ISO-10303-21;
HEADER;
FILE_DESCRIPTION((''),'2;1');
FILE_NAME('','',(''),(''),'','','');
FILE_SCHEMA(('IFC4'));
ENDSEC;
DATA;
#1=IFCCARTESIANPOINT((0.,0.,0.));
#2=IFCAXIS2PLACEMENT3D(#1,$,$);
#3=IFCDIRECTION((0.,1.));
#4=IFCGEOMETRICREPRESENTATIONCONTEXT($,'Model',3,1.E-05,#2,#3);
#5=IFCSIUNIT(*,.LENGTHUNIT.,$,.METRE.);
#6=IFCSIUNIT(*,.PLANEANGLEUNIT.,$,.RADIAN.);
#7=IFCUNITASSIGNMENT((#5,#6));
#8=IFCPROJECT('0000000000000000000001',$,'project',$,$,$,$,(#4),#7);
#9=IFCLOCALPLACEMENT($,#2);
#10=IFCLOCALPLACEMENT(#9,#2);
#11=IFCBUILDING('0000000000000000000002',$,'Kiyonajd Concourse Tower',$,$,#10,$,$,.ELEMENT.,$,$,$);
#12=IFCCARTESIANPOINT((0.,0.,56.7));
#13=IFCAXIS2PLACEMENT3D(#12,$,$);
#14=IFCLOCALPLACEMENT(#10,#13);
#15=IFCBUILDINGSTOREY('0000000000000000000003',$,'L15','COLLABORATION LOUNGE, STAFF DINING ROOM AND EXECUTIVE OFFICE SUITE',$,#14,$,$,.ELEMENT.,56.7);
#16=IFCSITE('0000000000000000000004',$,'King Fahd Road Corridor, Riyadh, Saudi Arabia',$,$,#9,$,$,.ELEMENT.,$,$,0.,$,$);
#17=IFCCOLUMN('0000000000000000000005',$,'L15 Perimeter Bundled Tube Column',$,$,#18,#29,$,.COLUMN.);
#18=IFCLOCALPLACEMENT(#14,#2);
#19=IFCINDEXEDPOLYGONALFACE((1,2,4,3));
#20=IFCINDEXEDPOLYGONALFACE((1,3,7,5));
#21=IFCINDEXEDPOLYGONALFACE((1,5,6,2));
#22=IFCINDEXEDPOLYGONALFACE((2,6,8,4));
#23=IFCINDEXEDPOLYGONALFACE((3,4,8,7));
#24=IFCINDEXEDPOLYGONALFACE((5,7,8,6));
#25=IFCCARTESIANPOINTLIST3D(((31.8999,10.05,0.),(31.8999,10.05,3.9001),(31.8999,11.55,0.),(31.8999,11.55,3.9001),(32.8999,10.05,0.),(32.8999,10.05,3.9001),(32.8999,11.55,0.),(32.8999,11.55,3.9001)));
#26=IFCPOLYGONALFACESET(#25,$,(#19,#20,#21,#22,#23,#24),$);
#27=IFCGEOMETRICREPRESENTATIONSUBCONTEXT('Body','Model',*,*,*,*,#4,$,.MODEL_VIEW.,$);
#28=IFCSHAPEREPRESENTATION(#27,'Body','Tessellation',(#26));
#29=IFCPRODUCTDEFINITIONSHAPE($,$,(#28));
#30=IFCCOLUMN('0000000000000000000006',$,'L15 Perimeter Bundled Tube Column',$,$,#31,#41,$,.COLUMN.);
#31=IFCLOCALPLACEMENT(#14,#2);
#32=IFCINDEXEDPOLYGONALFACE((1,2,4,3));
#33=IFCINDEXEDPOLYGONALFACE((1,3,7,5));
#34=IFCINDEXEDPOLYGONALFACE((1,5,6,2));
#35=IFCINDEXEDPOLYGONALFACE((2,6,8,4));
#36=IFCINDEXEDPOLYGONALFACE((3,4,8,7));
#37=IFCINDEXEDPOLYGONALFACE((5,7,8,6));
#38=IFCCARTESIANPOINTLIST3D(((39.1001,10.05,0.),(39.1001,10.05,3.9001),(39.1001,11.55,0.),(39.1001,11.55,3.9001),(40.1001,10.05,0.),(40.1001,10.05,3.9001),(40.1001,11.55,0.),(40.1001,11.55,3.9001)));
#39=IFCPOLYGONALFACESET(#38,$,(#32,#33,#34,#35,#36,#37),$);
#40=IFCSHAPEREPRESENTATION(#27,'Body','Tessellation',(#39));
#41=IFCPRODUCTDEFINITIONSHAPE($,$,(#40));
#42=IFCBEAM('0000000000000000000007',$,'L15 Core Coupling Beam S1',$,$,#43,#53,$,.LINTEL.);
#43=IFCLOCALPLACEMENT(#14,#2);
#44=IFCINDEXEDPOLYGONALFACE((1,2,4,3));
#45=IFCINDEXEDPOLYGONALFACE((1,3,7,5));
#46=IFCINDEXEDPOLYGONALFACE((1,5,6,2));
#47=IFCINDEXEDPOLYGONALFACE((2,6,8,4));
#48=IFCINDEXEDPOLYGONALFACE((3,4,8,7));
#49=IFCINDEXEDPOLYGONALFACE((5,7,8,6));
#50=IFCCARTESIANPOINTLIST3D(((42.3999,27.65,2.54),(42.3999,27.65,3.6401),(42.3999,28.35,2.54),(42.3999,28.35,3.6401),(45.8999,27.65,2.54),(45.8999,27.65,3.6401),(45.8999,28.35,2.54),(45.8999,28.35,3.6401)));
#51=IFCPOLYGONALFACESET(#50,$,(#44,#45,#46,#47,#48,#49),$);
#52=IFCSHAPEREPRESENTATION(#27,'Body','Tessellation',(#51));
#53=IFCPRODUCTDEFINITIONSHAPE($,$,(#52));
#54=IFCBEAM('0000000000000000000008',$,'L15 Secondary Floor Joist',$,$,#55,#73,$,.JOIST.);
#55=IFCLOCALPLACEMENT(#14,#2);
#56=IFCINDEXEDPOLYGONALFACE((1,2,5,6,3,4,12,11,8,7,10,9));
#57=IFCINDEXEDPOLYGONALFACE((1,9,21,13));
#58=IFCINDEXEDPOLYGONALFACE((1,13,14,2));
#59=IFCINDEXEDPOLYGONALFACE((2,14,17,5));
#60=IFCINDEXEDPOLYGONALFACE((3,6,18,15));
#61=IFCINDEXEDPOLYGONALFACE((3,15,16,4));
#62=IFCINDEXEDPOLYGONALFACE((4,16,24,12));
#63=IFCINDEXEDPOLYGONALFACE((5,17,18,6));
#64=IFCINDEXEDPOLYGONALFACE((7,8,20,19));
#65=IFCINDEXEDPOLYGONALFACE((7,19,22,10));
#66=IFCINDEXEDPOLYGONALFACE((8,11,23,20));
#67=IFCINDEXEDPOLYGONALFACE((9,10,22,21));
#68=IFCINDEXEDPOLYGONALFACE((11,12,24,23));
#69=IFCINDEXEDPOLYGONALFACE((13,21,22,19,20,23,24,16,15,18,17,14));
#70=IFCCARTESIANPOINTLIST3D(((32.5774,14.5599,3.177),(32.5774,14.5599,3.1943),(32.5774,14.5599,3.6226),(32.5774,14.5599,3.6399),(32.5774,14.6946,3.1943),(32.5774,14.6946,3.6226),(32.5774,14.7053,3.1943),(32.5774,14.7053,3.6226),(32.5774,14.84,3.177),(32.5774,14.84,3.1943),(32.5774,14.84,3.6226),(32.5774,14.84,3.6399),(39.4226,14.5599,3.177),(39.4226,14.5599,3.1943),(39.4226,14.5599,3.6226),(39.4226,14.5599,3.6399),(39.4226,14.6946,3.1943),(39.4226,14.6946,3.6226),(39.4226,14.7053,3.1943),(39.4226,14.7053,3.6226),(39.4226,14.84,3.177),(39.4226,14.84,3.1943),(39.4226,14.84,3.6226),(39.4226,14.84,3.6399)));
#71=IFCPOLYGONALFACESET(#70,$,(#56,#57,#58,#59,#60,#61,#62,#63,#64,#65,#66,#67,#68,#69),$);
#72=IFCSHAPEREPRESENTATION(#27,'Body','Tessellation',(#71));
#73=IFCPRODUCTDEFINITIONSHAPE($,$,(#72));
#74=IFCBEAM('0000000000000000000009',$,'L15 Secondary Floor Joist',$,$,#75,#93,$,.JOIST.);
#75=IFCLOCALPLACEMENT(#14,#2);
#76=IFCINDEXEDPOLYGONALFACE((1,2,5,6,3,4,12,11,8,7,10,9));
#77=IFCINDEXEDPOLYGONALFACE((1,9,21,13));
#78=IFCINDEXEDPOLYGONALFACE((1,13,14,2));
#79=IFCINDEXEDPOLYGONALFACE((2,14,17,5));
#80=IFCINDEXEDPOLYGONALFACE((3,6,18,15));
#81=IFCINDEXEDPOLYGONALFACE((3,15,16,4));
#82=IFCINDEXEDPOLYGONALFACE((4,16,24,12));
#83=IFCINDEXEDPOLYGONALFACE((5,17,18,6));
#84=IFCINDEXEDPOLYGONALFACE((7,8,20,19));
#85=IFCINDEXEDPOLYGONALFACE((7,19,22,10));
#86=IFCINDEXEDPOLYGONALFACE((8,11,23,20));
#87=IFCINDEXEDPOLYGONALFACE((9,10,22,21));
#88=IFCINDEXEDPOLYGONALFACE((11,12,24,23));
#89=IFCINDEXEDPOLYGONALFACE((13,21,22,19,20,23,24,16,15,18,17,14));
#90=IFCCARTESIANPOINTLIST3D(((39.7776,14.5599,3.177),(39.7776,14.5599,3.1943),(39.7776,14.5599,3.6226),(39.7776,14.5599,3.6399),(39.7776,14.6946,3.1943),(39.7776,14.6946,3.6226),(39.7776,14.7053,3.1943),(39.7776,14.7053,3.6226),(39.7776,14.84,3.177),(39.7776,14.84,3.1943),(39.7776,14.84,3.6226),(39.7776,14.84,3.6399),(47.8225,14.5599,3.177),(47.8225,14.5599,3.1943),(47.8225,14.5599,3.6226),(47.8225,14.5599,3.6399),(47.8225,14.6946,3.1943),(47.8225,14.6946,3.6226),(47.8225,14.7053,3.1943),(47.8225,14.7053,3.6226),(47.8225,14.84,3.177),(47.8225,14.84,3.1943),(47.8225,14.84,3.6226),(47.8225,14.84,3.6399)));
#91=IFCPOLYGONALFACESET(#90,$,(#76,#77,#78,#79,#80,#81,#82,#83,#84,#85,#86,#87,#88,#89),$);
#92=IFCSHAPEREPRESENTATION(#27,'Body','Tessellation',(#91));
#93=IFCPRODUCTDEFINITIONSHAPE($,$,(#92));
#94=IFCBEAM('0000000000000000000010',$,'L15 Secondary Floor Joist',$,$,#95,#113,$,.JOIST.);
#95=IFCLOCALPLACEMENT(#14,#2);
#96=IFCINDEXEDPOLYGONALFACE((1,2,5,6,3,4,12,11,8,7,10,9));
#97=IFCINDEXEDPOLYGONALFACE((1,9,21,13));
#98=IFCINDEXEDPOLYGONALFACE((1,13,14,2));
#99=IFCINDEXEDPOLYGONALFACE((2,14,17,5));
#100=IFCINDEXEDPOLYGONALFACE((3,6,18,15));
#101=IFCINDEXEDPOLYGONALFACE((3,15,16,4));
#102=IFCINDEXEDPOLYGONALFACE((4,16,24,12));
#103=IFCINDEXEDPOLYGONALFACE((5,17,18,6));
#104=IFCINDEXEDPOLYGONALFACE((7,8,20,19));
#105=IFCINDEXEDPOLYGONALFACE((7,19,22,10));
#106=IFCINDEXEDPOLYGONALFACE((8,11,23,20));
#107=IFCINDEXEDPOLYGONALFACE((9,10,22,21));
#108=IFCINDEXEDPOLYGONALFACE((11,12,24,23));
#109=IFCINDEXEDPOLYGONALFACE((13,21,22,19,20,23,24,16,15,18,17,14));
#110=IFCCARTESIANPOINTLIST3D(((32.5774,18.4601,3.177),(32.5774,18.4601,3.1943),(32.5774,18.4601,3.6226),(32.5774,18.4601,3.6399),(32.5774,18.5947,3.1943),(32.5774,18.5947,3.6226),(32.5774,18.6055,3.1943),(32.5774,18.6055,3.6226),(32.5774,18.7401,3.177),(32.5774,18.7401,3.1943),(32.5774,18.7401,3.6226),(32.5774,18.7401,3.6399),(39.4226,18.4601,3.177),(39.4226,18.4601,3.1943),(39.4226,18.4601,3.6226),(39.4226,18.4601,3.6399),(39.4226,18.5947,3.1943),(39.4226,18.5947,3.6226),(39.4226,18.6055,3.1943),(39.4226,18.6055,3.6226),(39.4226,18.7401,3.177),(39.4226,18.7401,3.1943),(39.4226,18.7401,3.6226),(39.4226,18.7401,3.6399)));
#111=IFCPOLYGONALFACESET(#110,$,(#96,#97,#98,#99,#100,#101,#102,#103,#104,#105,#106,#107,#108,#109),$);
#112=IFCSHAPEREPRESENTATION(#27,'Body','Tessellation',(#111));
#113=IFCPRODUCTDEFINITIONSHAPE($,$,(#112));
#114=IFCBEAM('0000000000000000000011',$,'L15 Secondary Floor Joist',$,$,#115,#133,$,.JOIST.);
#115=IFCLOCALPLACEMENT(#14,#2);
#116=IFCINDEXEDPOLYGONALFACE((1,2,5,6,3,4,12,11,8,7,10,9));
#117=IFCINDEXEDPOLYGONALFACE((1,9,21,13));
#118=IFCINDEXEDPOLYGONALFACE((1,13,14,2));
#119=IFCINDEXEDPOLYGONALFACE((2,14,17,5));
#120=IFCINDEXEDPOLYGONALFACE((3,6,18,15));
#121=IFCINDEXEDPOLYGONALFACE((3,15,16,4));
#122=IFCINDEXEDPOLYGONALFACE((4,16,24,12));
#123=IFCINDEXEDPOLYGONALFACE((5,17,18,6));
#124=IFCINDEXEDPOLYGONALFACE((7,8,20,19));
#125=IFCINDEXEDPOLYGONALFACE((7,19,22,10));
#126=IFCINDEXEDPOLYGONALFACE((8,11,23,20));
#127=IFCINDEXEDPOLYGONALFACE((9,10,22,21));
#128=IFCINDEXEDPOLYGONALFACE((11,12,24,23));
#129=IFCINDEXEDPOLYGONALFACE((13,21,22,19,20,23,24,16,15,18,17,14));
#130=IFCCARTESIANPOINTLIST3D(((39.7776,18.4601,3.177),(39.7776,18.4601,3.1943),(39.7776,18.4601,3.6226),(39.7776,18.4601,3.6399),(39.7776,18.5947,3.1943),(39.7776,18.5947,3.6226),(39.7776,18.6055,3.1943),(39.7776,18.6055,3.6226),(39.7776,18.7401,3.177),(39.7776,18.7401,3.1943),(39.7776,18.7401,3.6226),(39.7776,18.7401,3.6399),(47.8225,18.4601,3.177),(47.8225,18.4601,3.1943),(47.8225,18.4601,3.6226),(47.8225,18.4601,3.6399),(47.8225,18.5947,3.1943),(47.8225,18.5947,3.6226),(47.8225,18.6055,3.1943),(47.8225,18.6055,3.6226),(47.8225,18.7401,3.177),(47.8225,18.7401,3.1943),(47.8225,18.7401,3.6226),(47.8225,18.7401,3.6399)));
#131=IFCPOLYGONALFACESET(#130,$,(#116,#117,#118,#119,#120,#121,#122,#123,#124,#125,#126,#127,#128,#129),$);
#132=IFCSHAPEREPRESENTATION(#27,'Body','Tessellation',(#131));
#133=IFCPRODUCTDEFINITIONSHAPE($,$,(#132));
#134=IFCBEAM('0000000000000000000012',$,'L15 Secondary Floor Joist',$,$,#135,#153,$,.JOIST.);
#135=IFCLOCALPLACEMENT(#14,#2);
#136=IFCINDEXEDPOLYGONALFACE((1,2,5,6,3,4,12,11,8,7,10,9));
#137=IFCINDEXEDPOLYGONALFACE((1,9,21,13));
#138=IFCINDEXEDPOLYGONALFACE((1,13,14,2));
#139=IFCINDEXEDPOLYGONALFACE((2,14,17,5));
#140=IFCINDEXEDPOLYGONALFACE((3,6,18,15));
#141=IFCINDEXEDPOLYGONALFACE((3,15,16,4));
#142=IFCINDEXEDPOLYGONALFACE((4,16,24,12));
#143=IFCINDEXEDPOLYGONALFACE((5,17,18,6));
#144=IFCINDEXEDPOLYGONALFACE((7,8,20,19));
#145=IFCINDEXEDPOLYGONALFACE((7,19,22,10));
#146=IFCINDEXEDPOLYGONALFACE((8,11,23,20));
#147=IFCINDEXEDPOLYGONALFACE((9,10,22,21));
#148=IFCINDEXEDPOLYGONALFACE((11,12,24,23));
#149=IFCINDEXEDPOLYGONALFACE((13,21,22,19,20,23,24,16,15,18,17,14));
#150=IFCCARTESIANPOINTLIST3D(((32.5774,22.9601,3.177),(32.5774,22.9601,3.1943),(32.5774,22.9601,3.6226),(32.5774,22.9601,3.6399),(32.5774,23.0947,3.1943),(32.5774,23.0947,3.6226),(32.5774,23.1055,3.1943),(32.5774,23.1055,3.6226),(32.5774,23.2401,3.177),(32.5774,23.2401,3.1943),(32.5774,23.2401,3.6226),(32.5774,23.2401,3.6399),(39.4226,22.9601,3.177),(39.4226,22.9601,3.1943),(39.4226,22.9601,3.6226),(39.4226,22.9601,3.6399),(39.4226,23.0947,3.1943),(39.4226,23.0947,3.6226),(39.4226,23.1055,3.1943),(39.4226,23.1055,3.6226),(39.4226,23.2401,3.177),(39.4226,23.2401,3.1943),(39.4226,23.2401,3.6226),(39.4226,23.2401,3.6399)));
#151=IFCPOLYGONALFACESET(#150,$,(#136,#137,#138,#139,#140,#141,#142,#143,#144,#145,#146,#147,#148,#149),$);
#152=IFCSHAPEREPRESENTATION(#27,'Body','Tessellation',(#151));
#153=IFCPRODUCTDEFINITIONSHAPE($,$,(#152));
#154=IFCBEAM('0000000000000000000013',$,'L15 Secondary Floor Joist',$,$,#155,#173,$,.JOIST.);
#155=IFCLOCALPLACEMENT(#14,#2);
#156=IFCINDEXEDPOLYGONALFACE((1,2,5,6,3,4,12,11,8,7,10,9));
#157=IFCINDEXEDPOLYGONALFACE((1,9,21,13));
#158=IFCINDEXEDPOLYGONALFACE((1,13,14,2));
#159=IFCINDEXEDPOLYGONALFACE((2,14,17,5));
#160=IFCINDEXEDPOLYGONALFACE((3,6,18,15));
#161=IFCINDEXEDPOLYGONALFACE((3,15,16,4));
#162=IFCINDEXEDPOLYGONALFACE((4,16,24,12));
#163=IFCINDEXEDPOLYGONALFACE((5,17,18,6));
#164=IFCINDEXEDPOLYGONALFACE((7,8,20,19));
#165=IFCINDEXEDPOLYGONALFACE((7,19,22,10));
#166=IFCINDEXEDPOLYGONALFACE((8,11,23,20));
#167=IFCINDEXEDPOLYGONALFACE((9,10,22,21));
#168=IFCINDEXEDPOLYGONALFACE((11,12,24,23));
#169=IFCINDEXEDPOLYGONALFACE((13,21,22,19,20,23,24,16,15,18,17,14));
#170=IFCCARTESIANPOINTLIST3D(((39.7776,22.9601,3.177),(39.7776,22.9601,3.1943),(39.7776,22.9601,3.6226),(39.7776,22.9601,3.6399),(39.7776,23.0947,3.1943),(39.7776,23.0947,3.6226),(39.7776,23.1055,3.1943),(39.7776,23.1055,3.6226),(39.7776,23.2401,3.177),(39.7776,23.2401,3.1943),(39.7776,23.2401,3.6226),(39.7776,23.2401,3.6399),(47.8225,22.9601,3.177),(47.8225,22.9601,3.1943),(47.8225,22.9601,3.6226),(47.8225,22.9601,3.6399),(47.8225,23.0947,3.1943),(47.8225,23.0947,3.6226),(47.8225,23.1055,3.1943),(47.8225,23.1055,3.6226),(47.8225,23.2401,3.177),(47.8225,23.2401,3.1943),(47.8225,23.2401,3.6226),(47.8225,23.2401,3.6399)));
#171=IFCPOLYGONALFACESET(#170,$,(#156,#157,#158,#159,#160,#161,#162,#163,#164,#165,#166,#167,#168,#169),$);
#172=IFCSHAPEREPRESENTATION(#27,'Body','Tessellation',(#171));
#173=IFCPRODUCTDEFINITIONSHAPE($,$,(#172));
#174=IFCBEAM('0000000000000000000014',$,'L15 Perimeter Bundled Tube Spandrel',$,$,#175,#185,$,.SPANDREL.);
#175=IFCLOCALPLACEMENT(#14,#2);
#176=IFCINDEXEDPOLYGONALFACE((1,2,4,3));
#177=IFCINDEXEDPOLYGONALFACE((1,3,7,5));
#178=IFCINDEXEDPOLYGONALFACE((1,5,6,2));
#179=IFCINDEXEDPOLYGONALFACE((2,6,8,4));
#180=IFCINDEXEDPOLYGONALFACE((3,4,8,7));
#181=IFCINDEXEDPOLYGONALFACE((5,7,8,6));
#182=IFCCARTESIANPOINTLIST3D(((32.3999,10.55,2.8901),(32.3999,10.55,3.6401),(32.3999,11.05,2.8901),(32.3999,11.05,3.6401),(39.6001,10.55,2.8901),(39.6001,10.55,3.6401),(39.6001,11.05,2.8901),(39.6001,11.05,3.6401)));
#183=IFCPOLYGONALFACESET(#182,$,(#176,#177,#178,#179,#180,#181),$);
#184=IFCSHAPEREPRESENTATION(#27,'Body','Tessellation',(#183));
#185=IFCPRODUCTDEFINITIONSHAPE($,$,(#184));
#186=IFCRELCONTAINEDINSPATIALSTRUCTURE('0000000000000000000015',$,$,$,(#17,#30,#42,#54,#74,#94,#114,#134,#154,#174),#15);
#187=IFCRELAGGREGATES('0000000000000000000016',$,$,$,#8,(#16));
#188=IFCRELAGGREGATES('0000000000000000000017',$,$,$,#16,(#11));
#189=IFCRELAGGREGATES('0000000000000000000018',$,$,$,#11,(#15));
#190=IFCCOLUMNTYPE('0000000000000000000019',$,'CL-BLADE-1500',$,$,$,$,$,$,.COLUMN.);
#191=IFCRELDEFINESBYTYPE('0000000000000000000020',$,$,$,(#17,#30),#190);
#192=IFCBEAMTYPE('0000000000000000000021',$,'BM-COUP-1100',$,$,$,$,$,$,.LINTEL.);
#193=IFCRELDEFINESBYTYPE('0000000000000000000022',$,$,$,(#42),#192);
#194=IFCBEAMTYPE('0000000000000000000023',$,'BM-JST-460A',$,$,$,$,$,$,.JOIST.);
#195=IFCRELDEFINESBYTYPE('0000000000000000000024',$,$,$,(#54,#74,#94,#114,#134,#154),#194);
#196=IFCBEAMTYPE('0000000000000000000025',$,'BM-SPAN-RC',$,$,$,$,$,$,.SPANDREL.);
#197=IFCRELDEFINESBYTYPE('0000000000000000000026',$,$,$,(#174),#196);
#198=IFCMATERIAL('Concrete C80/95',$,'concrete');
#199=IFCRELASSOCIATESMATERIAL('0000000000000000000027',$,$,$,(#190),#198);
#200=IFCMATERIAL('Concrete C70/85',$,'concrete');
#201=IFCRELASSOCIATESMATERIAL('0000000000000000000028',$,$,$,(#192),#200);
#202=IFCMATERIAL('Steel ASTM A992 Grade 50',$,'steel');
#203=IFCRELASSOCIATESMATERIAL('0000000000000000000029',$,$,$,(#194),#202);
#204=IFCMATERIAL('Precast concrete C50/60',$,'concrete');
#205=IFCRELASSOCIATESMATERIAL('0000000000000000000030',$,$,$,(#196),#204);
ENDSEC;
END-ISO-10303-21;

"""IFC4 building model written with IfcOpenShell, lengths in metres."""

from ifc_helpers import new_model, si_unit, direction, frame, origin, origin_2d, place, context, subcontext, project, spatial, rectangle, i_section, extrude, material, material_profile, profile_set, type_object, element, save


model = new_model("IFC4")

# Units and contexts
model_context = context("Model", 3, precision=1e-05, world=origin(), true_north=direction((0.0, 1.0)))
body_context = subcontext(model_context, "Body", "Model", "MODEL_VIEW")
ifc_project = project(units=[si_unit("LENGTHUNIT", "METRE"), si_unit("PLANEANGLEUNIT", "RADIAN")], contexts=[model_context])

# Site, building, storey
site_placement = place(None, origin())
site = spatial("IfcSite", under=ifc_project, at=site_placement, Name="King Fahd Road Corridor, Riyadh, Saudi Arabia", CompositionType="ELEMENT", RefElevation=0.0)
building_placement = place(site_placement, origin())
building = spatial("IfcBuilding", under=site, at=building_placement, Name="Kiyonajd Concourse Tower", CompositionType="ELEMENT")
storey_placement = place(building_placement, frame((0.0, 0.0, 56.7)))
storey = spatial("IfcBuildingStorey", under=building, at=storey_placement, Name="L15", Description="COLLABORATION LOUNGE, STAFF DINING ROOM AND EXECUTIVE OFFICE SUITE", CompositionType="ELEMENT", Elevation=56.7)

# Columns
ifc_material_1 = material(Name="Concrete C80/95", Category="concrete")
ifc_material_profile_1 = material_profile(ifc_material_1, rectangle(XDim=1.0, YDim=1.5, at=origin_2d()), Name="RC-1500x1000")
ifc_profile_set_1 = profile_set([ifc_material_profile_1], Name="Concrete C80/95")
column_type = type_object("IfcColumnType", Name="CL-BLADE-1500", PredefinedType="COLUMN", material=ifc_profile_set_1)
for number, where, z_axis, x_axis, name in (
    (1, (32.3999, 10.8, 0.0), (0.0, 0.0, 1.0), (1.0, 0.0, 0.0), "L15 Perimeter Bundled Tube Column"),
    (2, (39.6001, 10.8, 0.0), (0.0, 0.0, 1.0), (1.0, 0.0, 0.0), "L15 Perimeter Bundled Tube Column"),
):
    element("IfcColumn", number, at=place(storey_placement, frame(where, z_axis=z_axis, x_axis=x_axis)), inside=storey, type_object=column_type, Name=name, PredefinedType="COLUMN", context=body_context, shape_type="SweptSolid", body=[
        extrude(rectangle(XDim=1.0, YDim=1.5, at=origin_2d()), origin(), (0.0, 0.0, 1.0), 3.9001),
    ])

# Beams
ifc_material_2 = material(Name="Concrete C70/85", Category="concrete")
ifc_material_profile_2 = material_profile(ifc_material_2, rectangle(XDim=0.7, YDim=1.1001, at=origin_2d()), Name="RCBM-700x1100")
ifc_profile_set_2 = profile_set([ifc_material_profile_2], Name="Concrete C70/85")
beam_type_1 = type_object("IfcBeamType", Name="BM-COUP-1100", PredefinedType="LINTEL", material=ifc_profile_set_2)
beam_1_placement = place(storey_placement, frame((42.3999, 28.0, 3.0901), z_axis=(1.0, 0.0, 0.0), x_axis=(0.0, 1.0, 0.0)))
element("IfcBeam", 3, at=beam_1_placement, inside=storey, type_object=beam_type_1, Name="L15 Core Coupling Beam S1", PredefinedType="LINTEL", context=body_context, shape_type="SweptSolid", body=[
    extrude(rectangle(XDim=0.7, YDim=1.1001, at=origin_2d()), origin(), (0.0, 0.0, 1.0), 3.5),
])
ifc_material_3 = material(Name="Steel ASTM A992 Grade 50", Category="steel")
ifc_material_profile_3 = material_profile(ifc_material_3, i_section(OverallWidth=0.28, OverallDepth=0.4629, WebThickness=0.0107, FlangeThickness=0.0173, at=origin_2d()), Name="W460X113")
ifc_profile_set_3 = profile_set([ifc_material_profile_3], Name="Steel ASTM A992 Grade 50")
beam_type_2 = type_object("IfcBeamType", Name="BM-JST-460A", PredefinedType="JOIST", material=ifc_profile_set_3)
beam_2_placement = place(storey_placement, frame((32.5774, 14.7, 3.4084), z_axis=(1.0, 0.0, 0.0), x_axis=(0.0, 1.0, 0.0)))
element("IfcBeam", 4, at=beam_2_placement, inside=storey, type_object=beam_type_2, Name="L15 Secondary Floor Joist", PredefinedType="JOIST", context=body_context, shape_type="SweptSolid", body=[
    extrude(i_section(OverallWidth=0.28, OverallDepth=0.4629, WebThickness=0.0107, FlangeThickness=0.0173, at=origin_2d()), origin(), (0.0, 0.0, 1.0), 6.8452),
])
beam_3_placement = place(storey_placement, frame((39.7776, 14.7, 3.4084), z_axis=(1.0, 0.0, 0.0), x_axis=(0.0, 1.0, 0.0)))
element("IfcBeam", 5, at=beam_3_placement, inside=storey, type_object=beam_type_2, Name="L15 Secondary Floor Joist", PredefinedType="JOIST", context=body_context, shape_type="SweptSolid", body=[
    extrude(i_section(OverallWidth=0.28, OverallDepth=0.4629, WebThickness=0.0107, FlangeThickness=0.0173, at=origin_2d()), origin(), (0.0, 0.0, 1.0), 8.0449),
])
beam_4_placement = place(storey_placement, frame((32.5774, 18.6001, 3.4084), z_axis=(1.0, 0.0, 0.0), x_axis=(0.0, 1.0, 0.0)))
element("IfcBeam", 6, at=beam_4_placement, inside=storey, type_object=beam_type_2, Name="L15 Secondary Floor Joist", PredefinedType="JOIST", context=body_context, shape_type="SweptSolid", body=[
    extrude(i_section(OverallWidth=0.28, OverallDepth=0.4629, WebThickness=0.0107, FlangeThickness=0.0173, at=origin_2d()), origin(), (0.0, 0.0, 1.0), 6.8452),
])
beam_5_placement = place(storey_placement, frame((39.7776, 18.6001, 3.4084), z_axis=(1.0, 0.0, 0.0), x_axis=(0.0, 1.0, 0.0)))
element("IfcBeam", 7, at=beam_5_placement, inside=storey, type_object=beam_type_2, Name="L15 Secondary Floor Joist", PredefinedType="JOIST", context=body_context, shape_type="SweptSolid", body=[
    extrude(i_section(OverallWidth=0.28, OverallDepth=0.4629, WebThickness=0.0107, FlangeThickness=0.0173, at=origin_2d()), origin(), (0.0, 0.0, 1.0), 8.0449),
])
beam_6_placement = place(storey_placement, frame((32.5774, 23.1001, 3.4084), z_axis=(1.0, 0.0, 0.0), x_axis=(0.0, 1.0, 0.0)))
element("IfcBeam", 8, at=beam_6_placement, inside=storey, type_object=beam_type_2, Name="L15 Secondary Floor Joist", PredefinedType="JOIST", context=body_context, shape_type="SweptSolid", body=[
    extrude(i_section(OverallWidth=0.28, OverallDepth=0.4629, WebThickness=0.0107, FlangeThickness=0.0173, at=origin_2d()), origin(), (0.0, 0.0, 1.0), 6.8452),
])
beam_7_placement = place(storey_placement, frame((39.7776, 23.1001, 3.4084), z_axis=(1.0, 0.0, 0.0), x_axis=(0.0, 1.0, 0.0)))
element("IfcBeam", 9, at=beam_7_placement, inside=storey, type_object=beam_type_2, Name="L15 Secondary Floor Joist", PredefinedType="JOIST", context=body_context, shape_type="SweptSolid", body=[
    extrude(i_section(OverallWidth=0.28, OverallDepth=0.4629, WebThickness=0.0107, FlangeThickness=0.0173, at=origin_2d()), origin(), (0.0, 0.0, 1.0), 8.0449),
])
ifc_material_4 = material(Name="Precast concrete C50/60", Category="concrete")
ifc_material_profile_4 = material_profile(ifc_material_4, rectangle(XDim=0.5, YDim=0.75, at=origin_2d()), Name="RCBM-500x750")
ifc_profile_set_4 = profile_set([ifc_material_profile_4], Name="Precast concrete C50/60")
beam_type_3 = type_object("IfcBeamType", Name="BM-SPAN-RC", PredefinedType="SPANDREL", material=ifc_profile_set_4)
beam_8_placement = place(storey_placement, frame((32.3999, 10.8, 3.2651), z_axis=(1.0, 0.0, 0.0), x_axis=(0.0, 1.0, 0.0)))
element("IfcBeam", 10, at=beam_8_placement, inside=storey, type_object=beam_type_3, Name="L15 Perimeter Bundled Tube Spandrel", PredefinedType="SPANDREL", context=body_context, shape_type="SweptSolid", body=[
    extrude(rectangle(XDim=0.5, YDim=0.75, at=origin_2d()), origin(), (0.0, 0.0, 1.0), 7.2002),
])

save(model, "model.ifc")
